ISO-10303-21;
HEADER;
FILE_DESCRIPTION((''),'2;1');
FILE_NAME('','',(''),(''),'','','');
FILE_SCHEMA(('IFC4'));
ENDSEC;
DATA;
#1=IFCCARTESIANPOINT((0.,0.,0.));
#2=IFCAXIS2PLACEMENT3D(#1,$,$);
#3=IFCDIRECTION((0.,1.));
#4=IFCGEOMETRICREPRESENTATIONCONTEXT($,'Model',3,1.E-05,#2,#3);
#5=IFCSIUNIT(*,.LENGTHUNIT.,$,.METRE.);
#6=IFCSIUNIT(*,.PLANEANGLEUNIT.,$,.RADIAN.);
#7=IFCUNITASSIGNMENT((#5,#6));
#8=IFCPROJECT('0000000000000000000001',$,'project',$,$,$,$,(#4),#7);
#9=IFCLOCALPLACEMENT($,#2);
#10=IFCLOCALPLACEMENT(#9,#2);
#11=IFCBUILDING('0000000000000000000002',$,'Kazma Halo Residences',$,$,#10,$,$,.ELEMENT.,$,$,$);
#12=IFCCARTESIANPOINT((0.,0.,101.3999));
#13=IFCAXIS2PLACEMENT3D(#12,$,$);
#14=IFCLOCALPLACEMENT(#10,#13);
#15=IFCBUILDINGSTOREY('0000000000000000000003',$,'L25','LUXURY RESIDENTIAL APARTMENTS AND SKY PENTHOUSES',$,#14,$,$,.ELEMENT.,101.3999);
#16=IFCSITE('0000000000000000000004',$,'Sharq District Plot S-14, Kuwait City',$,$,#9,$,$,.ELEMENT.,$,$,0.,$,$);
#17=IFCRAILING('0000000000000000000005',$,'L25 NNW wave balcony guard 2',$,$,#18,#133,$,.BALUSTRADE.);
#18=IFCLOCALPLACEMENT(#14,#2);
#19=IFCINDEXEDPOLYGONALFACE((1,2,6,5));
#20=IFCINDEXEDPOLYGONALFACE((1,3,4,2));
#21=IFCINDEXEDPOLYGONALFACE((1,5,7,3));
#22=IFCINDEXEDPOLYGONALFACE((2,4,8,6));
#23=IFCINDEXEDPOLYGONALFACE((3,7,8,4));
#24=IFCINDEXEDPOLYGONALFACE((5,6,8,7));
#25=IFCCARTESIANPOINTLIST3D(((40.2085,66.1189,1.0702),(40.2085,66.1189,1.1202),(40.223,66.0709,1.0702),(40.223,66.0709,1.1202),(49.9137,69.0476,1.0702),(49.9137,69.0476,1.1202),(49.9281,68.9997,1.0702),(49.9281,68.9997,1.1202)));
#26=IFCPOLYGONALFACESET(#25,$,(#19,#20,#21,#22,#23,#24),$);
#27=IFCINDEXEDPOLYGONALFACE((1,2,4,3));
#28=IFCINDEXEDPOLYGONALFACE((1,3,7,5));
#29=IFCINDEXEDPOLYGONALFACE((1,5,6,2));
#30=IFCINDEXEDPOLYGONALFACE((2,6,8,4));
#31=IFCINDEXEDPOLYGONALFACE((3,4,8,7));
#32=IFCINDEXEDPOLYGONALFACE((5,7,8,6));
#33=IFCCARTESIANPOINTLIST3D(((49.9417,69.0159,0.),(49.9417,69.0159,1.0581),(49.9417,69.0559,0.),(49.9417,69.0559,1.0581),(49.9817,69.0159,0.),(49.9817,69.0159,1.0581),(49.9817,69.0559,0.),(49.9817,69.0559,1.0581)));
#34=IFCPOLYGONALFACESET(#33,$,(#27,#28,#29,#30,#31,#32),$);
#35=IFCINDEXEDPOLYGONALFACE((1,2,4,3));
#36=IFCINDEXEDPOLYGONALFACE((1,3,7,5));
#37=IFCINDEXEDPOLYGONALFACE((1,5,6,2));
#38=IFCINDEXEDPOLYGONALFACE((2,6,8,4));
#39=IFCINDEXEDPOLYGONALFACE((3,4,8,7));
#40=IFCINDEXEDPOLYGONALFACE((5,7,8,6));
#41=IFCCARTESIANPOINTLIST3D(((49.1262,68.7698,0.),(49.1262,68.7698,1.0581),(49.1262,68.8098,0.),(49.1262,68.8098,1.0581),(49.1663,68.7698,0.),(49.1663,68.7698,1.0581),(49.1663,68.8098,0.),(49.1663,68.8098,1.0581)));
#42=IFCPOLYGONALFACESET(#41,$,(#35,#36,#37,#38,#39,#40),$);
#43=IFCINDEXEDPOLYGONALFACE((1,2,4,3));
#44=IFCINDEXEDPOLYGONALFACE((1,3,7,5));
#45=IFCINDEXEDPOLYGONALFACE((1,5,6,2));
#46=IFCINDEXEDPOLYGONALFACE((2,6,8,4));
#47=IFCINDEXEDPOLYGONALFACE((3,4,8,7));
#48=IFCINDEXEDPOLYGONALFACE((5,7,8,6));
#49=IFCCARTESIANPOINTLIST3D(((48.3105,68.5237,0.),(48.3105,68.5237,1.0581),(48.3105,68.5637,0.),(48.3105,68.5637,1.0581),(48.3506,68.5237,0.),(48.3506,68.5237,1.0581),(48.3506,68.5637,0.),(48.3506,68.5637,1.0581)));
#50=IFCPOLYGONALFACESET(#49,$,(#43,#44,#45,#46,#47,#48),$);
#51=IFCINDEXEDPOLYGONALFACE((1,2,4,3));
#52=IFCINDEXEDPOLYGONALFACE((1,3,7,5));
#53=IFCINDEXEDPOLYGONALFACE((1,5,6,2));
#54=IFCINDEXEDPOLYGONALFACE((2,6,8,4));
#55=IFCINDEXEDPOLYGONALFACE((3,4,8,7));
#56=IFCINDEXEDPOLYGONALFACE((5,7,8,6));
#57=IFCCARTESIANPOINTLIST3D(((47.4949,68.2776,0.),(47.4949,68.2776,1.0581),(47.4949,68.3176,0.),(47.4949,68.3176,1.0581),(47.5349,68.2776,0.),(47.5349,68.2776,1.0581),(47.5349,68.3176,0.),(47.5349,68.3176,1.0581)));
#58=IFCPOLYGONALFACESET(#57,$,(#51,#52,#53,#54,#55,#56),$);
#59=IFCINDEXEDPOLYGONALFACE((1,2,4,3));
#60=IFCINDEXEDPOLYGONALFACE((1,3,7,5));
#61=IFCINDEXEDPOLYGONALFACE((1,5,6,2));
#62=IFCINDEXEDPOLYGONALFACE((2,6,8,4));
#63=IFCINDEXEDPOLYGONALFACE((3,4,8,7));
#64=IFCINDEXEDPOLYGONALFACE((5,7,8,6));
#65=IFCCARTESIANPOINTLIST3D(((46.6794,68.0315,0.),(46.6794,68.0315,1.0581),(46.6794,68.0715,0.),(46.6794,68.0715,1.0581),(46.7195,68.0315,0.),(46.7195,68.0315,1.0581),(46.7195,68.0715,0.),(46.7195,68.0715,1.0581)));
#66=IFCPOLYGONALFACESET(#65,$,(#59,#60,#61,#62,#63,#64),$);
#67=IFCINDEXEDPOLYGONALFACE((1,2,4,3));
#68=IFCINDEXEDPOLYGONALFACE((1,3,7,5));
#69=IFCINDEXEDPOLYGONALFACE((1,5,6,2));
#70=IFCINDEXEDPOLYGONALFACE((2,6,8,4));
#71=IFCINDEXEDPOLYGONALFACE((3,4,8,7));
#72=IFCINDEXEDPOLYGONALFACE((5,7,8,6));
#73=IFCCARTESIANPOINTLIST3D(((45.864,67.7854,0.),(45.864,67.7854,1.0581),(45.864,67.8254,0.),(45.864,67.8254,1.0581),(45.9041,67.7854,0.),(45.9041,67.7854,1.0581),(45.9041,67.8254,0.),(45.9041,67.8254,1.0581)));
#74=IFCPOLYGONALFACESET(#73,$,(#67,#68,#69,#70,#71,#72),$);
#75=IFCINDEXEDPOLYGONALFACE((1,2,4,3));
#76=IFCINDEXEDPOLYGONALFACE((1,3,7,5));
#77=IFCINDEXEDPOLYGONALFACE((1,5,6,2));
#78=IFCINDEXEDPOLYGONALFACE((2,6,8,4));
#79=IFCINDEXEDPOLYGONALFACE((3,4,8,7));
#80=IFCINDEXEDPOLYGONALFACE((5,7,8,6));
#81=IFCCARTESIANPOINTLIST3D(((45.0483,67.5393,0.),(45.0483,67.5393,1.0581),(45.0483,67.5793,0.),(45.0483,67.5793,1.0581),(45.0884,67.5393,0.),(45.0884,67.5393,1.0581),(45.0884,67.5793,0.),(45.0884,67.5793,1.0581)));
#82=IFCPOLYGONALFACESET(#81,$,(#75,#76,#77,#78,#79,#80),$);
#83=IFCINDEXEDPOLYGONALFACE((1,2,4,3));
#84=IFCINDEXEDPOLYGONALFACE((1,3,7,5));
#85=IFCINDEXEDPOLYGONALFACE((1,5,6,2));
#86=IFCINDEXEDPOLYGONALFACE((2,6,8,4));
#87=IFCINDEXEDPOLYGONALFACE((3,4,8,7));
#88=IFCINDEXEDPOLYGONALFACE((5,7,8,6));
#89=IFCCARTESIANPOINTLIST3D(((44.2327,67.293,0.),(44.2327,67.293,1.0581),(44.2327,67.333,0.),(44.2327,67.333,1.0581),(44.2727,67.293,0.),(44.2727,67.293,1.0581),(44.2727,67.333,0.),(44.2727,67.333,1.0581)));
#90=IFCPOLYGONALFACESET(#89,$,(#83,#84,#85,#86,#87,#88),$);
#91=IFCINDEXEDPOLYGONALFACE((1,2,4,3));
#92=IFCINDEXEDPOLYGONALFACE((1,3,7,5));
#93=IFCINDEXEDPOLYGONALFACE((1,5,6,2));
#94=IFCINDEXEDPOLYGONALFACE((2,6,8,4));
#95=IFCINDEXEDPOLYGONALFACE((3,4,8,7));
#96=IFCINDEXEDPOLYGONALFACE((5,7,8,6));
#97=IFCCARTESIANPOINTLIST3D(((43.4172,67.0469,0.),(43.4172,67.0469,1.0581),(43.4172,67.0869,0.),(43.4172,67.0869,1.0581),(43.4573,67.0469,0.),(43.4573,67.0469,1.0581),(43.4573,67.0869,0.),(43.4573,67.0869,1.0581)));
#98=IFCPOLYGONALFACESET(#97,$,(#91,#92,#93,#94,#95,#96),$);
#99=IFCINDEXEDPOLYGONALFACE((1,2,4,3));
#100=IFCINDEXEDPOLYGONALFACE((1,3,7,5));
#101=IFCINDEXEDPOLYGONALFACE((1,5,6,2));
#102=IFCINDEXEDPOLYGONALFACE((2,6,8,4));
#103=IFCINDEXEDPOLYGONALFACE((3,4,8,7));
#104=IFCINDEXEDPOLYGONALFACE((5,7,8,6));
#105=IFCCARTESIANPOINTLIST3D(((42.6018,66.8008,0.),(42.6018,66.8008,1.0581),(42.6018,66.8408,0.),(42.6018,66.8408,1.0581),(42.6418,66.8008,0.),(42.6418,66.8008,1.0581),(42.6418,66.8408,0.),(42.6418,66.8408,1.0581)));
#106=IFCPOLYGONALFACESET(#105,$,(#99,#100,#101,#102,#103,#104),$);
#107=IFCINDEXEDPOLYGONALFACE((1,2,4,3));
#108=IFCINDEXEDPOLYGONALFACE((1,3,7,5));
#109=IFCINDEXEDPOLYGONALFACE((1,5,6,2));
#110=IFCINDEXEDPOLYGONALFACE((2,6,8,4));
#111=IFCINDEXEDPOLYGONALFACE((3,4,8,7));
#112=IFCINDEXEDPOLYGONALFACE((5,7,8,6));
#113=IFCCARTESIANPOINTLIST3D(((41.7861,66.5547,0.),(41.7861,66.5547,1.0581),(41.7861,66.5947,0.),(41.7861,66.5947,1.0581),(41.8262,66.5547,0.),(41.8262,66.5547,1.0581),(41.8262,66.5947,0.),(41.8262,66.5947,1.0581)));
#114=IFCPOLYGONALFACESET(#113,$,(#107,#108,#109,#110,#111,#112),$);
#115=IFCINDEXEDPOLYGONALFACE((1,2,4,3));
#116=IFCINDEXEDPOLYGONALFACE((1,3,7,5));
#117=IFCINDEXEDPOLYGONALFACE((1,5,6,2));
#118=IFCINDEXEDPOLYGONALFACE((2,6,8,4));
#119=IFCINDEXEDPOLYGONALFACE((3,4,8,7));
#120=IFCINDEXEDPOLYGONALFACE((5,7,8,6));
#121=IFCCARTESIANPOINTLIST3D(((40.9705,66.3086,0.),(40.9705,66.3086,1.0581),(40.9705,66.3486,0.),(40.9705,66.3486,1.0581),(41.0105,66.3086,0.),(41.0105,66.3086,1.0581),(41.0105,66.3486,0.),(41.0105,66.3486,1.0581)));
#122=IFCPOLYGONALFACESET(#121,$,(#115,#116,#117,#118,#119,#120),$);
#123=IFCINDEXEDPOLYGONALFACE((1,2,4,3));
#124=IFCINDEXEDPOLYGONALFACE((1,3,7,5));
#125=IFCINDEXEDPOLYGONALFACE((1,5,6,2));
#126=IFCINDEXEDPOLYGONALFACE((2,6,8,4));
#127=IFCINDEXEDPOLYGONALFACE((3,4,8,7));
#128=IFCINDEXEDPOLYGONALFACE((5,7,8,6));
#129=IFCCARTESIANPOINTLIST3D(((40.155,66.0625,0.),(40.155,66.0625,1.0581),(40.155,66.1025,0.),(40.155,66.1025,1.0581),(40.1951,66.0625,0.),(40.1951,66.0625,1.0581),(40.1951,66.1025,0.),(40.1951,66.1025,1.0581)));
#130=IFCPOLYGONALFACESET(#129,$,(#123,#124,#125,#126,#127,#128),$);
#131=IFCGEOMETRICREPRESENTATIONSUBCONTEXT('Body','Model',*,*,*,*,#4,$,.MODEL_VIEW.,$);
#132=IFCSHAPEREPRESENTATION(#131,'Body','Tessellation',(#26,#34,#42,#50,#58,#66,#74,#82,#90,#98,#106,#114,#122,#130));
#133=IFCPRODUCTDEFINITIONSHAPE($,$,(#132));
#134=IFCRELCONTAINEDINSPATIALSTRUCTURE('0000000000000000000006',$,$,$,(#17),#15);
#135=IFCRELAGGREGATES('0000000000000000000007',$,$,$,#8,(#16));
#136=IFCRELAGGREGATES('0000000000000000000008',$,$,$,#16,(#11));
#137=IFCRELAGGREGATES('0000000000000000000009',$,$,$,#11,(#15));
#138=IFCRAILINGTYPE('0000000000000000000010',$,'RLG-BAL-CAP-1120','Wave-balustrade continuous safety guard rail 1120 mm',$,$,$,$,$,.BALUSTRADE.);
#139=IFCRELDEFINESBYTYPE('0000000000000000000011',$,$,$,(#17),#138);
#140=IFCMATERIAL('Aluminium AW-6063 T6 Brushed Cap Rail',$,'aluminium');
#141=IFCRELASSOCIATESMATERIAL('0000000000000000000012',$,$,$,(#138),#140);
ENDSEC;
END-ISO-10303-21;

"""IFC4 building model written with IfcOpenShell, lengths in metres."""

from ifc_helpers import new_model, si_unit, direction, frame, origin, origin_2d, place, context, subcontext, project, spatial, rectangle, extrude, material, type_object, element, save


model = new_model("IFC4")

# Units and contexts
model_context = context("Model", 3, precision=1e-05, world=origin(), true_north=direction((0.0, 1.0)))
body_context = subcontext(model_context, "Body", "Model", "MODEL_VIEW")
ifc_project = project(units=[si_unit("LENGTHUNIT", "METRE"), si_unit("PLANEANGLEUNIT", "RADIAN")], contexts=[model_context])

# Site, building, storey
site_placement = place(None, origin())
site = spatial("IfcSite", under=ifc_project, at=site_placement, Name="Sharq District Plot S-14, Kuwait City", CompositionType="ELEMENT", RefElevation=0.0)
building_placement = place(site_placement, origin())
building = spatial("IfcBuilding", under=site, at=building_placement, Name="Kazma Halo Residences", CompositionType="ELEMENT")
storey_placement = place(building_placement, frame((0.0, 0.0, 101.3999)))
storey = spatial("IfcBuildingStorey", under=building, at=storey_placement, Name="L25", Description="LUXURY RESIDENTIAL APARTMENTS AND SKY PENTHOUSES", CompositionType="ELEMENT", Elevation=101.3999)

# Railing
ifc_material_1 = material(Name="Aluminium AW-6063 T6 Brushed Cap Rail", Category="aluminium")
railing_type = type_object("IfcRailingType", Name="RLG-BAL-CAP-1120", Description="Wave-balustrade continuous safety guard rail 1120 mm", PredefinedType="BALUSTRADE", material=ifc_material_1)
railing_1_placement = place(storey_placement, frame((49.9617, 69.0359, 0.0)))
element("IfcRailing", 1, at=railing_1_placement, inside=storey, type_object=railing_type, Name="L25 NNW wave balcony guard 2", PredefinedType="BALUSTRADE", context=body_context, shape_type="SweptSolid", body=[
    extrude(rectangle(XDim=0.05, YDim=0.05, at=origin_2d()), frame((-0.0408, -0.0122, 1.0952), z_axis=(-0.957357, -0.288908, 0.0), x_axis=(0.288908, -0.957357, 0.0)), (0.0, 0.0, 1.0), 10.1375),
    extrude(rectangle(XDim=0.04, YDim=0.04, at=origin_2d()), origin(), (0.0, 0.0, 1.0), 1.0581),
    extrude(rectangle(XDim=0.04, YDim=0.04, at=origin_2d()), frame((-0.8154, -0.2461, 0.0)), (0.0, 0.0, 1.0), 1.0581),
    extrude(rectangle(XDim=0.04, YDim=0.04, at=origin_2d()), frame((-1.6311, -0.4922, 0.0)), (0.0, 0.0, 1.0), 1.0581),
    extrude(rectangle(XDim=0.04, YDim=0.04, at=origin_2d()), frame((-2.4468, -0.7383, 0.0)), (0.0, 0.0, 1.0), 1.0581),
    extrude(rectangle(XDim=0.04, YDim=0.04, at=origin_2d()), frame((-3.2622, -0.9844, 0.0)), (0.0, 0.0, 1.0), 1.0581),
    extrude(rectangle(XDim=0.04, YDim=0.04, at=origin_2d()), frame((-4.0776, -1.2305, 0.0)), (0.0, 0.0, 1.0), 1.0581),
    extrude(rectangle(XDim=0.04, YDim=0.04, at=origin_2d()), frame((-4.8933, -1.4766, 0.0)), (0.0, 0.0, 1.0), 1.0581),
    extrude(rectangle(XDim=0.04, YDim=0.04, at=origin_2d()), frame((-5.709, -1.7229, 0.0)), (0.0, 0.0, 1.0), 1.0581),
    extrude(rectangle(XDim=0.04, YDim=0.04, at=origin_2d()), frame((-6.5244, -1.969, 0.0)), (0.0, 0.0, 1.0), 1.0581),
    extrude(rectangle(XDim=0.04, YDim=0.04, at=origin_2d()), frame((-7.3398, -2.2151, 0.0)), (0.0, 0.0, 1.0), 1.0581),
    extrude(rectangle(XDim=0.04, YDim=0.04, at=origin_2d()), frame((-8.1555, -2.4612, 0.0)), (0.0, 0.0, 1.0), 1.0581),
    extrude(rectangle(XDim=0.04, YDim=0.04, at=origin_2d()), frame((-8.9712, -2.7073, 0.0)), (0.0, 0.0, 1.0), 1.0581),
    extrude(rectangle(XDim=0.04, YDim=0.04, at=origin_2d()), frame((-9.7866, -2.9534, 0.0)), (0.0, 0.0, 1.0), 1.0581),
])

save(model, "model.ifc")
